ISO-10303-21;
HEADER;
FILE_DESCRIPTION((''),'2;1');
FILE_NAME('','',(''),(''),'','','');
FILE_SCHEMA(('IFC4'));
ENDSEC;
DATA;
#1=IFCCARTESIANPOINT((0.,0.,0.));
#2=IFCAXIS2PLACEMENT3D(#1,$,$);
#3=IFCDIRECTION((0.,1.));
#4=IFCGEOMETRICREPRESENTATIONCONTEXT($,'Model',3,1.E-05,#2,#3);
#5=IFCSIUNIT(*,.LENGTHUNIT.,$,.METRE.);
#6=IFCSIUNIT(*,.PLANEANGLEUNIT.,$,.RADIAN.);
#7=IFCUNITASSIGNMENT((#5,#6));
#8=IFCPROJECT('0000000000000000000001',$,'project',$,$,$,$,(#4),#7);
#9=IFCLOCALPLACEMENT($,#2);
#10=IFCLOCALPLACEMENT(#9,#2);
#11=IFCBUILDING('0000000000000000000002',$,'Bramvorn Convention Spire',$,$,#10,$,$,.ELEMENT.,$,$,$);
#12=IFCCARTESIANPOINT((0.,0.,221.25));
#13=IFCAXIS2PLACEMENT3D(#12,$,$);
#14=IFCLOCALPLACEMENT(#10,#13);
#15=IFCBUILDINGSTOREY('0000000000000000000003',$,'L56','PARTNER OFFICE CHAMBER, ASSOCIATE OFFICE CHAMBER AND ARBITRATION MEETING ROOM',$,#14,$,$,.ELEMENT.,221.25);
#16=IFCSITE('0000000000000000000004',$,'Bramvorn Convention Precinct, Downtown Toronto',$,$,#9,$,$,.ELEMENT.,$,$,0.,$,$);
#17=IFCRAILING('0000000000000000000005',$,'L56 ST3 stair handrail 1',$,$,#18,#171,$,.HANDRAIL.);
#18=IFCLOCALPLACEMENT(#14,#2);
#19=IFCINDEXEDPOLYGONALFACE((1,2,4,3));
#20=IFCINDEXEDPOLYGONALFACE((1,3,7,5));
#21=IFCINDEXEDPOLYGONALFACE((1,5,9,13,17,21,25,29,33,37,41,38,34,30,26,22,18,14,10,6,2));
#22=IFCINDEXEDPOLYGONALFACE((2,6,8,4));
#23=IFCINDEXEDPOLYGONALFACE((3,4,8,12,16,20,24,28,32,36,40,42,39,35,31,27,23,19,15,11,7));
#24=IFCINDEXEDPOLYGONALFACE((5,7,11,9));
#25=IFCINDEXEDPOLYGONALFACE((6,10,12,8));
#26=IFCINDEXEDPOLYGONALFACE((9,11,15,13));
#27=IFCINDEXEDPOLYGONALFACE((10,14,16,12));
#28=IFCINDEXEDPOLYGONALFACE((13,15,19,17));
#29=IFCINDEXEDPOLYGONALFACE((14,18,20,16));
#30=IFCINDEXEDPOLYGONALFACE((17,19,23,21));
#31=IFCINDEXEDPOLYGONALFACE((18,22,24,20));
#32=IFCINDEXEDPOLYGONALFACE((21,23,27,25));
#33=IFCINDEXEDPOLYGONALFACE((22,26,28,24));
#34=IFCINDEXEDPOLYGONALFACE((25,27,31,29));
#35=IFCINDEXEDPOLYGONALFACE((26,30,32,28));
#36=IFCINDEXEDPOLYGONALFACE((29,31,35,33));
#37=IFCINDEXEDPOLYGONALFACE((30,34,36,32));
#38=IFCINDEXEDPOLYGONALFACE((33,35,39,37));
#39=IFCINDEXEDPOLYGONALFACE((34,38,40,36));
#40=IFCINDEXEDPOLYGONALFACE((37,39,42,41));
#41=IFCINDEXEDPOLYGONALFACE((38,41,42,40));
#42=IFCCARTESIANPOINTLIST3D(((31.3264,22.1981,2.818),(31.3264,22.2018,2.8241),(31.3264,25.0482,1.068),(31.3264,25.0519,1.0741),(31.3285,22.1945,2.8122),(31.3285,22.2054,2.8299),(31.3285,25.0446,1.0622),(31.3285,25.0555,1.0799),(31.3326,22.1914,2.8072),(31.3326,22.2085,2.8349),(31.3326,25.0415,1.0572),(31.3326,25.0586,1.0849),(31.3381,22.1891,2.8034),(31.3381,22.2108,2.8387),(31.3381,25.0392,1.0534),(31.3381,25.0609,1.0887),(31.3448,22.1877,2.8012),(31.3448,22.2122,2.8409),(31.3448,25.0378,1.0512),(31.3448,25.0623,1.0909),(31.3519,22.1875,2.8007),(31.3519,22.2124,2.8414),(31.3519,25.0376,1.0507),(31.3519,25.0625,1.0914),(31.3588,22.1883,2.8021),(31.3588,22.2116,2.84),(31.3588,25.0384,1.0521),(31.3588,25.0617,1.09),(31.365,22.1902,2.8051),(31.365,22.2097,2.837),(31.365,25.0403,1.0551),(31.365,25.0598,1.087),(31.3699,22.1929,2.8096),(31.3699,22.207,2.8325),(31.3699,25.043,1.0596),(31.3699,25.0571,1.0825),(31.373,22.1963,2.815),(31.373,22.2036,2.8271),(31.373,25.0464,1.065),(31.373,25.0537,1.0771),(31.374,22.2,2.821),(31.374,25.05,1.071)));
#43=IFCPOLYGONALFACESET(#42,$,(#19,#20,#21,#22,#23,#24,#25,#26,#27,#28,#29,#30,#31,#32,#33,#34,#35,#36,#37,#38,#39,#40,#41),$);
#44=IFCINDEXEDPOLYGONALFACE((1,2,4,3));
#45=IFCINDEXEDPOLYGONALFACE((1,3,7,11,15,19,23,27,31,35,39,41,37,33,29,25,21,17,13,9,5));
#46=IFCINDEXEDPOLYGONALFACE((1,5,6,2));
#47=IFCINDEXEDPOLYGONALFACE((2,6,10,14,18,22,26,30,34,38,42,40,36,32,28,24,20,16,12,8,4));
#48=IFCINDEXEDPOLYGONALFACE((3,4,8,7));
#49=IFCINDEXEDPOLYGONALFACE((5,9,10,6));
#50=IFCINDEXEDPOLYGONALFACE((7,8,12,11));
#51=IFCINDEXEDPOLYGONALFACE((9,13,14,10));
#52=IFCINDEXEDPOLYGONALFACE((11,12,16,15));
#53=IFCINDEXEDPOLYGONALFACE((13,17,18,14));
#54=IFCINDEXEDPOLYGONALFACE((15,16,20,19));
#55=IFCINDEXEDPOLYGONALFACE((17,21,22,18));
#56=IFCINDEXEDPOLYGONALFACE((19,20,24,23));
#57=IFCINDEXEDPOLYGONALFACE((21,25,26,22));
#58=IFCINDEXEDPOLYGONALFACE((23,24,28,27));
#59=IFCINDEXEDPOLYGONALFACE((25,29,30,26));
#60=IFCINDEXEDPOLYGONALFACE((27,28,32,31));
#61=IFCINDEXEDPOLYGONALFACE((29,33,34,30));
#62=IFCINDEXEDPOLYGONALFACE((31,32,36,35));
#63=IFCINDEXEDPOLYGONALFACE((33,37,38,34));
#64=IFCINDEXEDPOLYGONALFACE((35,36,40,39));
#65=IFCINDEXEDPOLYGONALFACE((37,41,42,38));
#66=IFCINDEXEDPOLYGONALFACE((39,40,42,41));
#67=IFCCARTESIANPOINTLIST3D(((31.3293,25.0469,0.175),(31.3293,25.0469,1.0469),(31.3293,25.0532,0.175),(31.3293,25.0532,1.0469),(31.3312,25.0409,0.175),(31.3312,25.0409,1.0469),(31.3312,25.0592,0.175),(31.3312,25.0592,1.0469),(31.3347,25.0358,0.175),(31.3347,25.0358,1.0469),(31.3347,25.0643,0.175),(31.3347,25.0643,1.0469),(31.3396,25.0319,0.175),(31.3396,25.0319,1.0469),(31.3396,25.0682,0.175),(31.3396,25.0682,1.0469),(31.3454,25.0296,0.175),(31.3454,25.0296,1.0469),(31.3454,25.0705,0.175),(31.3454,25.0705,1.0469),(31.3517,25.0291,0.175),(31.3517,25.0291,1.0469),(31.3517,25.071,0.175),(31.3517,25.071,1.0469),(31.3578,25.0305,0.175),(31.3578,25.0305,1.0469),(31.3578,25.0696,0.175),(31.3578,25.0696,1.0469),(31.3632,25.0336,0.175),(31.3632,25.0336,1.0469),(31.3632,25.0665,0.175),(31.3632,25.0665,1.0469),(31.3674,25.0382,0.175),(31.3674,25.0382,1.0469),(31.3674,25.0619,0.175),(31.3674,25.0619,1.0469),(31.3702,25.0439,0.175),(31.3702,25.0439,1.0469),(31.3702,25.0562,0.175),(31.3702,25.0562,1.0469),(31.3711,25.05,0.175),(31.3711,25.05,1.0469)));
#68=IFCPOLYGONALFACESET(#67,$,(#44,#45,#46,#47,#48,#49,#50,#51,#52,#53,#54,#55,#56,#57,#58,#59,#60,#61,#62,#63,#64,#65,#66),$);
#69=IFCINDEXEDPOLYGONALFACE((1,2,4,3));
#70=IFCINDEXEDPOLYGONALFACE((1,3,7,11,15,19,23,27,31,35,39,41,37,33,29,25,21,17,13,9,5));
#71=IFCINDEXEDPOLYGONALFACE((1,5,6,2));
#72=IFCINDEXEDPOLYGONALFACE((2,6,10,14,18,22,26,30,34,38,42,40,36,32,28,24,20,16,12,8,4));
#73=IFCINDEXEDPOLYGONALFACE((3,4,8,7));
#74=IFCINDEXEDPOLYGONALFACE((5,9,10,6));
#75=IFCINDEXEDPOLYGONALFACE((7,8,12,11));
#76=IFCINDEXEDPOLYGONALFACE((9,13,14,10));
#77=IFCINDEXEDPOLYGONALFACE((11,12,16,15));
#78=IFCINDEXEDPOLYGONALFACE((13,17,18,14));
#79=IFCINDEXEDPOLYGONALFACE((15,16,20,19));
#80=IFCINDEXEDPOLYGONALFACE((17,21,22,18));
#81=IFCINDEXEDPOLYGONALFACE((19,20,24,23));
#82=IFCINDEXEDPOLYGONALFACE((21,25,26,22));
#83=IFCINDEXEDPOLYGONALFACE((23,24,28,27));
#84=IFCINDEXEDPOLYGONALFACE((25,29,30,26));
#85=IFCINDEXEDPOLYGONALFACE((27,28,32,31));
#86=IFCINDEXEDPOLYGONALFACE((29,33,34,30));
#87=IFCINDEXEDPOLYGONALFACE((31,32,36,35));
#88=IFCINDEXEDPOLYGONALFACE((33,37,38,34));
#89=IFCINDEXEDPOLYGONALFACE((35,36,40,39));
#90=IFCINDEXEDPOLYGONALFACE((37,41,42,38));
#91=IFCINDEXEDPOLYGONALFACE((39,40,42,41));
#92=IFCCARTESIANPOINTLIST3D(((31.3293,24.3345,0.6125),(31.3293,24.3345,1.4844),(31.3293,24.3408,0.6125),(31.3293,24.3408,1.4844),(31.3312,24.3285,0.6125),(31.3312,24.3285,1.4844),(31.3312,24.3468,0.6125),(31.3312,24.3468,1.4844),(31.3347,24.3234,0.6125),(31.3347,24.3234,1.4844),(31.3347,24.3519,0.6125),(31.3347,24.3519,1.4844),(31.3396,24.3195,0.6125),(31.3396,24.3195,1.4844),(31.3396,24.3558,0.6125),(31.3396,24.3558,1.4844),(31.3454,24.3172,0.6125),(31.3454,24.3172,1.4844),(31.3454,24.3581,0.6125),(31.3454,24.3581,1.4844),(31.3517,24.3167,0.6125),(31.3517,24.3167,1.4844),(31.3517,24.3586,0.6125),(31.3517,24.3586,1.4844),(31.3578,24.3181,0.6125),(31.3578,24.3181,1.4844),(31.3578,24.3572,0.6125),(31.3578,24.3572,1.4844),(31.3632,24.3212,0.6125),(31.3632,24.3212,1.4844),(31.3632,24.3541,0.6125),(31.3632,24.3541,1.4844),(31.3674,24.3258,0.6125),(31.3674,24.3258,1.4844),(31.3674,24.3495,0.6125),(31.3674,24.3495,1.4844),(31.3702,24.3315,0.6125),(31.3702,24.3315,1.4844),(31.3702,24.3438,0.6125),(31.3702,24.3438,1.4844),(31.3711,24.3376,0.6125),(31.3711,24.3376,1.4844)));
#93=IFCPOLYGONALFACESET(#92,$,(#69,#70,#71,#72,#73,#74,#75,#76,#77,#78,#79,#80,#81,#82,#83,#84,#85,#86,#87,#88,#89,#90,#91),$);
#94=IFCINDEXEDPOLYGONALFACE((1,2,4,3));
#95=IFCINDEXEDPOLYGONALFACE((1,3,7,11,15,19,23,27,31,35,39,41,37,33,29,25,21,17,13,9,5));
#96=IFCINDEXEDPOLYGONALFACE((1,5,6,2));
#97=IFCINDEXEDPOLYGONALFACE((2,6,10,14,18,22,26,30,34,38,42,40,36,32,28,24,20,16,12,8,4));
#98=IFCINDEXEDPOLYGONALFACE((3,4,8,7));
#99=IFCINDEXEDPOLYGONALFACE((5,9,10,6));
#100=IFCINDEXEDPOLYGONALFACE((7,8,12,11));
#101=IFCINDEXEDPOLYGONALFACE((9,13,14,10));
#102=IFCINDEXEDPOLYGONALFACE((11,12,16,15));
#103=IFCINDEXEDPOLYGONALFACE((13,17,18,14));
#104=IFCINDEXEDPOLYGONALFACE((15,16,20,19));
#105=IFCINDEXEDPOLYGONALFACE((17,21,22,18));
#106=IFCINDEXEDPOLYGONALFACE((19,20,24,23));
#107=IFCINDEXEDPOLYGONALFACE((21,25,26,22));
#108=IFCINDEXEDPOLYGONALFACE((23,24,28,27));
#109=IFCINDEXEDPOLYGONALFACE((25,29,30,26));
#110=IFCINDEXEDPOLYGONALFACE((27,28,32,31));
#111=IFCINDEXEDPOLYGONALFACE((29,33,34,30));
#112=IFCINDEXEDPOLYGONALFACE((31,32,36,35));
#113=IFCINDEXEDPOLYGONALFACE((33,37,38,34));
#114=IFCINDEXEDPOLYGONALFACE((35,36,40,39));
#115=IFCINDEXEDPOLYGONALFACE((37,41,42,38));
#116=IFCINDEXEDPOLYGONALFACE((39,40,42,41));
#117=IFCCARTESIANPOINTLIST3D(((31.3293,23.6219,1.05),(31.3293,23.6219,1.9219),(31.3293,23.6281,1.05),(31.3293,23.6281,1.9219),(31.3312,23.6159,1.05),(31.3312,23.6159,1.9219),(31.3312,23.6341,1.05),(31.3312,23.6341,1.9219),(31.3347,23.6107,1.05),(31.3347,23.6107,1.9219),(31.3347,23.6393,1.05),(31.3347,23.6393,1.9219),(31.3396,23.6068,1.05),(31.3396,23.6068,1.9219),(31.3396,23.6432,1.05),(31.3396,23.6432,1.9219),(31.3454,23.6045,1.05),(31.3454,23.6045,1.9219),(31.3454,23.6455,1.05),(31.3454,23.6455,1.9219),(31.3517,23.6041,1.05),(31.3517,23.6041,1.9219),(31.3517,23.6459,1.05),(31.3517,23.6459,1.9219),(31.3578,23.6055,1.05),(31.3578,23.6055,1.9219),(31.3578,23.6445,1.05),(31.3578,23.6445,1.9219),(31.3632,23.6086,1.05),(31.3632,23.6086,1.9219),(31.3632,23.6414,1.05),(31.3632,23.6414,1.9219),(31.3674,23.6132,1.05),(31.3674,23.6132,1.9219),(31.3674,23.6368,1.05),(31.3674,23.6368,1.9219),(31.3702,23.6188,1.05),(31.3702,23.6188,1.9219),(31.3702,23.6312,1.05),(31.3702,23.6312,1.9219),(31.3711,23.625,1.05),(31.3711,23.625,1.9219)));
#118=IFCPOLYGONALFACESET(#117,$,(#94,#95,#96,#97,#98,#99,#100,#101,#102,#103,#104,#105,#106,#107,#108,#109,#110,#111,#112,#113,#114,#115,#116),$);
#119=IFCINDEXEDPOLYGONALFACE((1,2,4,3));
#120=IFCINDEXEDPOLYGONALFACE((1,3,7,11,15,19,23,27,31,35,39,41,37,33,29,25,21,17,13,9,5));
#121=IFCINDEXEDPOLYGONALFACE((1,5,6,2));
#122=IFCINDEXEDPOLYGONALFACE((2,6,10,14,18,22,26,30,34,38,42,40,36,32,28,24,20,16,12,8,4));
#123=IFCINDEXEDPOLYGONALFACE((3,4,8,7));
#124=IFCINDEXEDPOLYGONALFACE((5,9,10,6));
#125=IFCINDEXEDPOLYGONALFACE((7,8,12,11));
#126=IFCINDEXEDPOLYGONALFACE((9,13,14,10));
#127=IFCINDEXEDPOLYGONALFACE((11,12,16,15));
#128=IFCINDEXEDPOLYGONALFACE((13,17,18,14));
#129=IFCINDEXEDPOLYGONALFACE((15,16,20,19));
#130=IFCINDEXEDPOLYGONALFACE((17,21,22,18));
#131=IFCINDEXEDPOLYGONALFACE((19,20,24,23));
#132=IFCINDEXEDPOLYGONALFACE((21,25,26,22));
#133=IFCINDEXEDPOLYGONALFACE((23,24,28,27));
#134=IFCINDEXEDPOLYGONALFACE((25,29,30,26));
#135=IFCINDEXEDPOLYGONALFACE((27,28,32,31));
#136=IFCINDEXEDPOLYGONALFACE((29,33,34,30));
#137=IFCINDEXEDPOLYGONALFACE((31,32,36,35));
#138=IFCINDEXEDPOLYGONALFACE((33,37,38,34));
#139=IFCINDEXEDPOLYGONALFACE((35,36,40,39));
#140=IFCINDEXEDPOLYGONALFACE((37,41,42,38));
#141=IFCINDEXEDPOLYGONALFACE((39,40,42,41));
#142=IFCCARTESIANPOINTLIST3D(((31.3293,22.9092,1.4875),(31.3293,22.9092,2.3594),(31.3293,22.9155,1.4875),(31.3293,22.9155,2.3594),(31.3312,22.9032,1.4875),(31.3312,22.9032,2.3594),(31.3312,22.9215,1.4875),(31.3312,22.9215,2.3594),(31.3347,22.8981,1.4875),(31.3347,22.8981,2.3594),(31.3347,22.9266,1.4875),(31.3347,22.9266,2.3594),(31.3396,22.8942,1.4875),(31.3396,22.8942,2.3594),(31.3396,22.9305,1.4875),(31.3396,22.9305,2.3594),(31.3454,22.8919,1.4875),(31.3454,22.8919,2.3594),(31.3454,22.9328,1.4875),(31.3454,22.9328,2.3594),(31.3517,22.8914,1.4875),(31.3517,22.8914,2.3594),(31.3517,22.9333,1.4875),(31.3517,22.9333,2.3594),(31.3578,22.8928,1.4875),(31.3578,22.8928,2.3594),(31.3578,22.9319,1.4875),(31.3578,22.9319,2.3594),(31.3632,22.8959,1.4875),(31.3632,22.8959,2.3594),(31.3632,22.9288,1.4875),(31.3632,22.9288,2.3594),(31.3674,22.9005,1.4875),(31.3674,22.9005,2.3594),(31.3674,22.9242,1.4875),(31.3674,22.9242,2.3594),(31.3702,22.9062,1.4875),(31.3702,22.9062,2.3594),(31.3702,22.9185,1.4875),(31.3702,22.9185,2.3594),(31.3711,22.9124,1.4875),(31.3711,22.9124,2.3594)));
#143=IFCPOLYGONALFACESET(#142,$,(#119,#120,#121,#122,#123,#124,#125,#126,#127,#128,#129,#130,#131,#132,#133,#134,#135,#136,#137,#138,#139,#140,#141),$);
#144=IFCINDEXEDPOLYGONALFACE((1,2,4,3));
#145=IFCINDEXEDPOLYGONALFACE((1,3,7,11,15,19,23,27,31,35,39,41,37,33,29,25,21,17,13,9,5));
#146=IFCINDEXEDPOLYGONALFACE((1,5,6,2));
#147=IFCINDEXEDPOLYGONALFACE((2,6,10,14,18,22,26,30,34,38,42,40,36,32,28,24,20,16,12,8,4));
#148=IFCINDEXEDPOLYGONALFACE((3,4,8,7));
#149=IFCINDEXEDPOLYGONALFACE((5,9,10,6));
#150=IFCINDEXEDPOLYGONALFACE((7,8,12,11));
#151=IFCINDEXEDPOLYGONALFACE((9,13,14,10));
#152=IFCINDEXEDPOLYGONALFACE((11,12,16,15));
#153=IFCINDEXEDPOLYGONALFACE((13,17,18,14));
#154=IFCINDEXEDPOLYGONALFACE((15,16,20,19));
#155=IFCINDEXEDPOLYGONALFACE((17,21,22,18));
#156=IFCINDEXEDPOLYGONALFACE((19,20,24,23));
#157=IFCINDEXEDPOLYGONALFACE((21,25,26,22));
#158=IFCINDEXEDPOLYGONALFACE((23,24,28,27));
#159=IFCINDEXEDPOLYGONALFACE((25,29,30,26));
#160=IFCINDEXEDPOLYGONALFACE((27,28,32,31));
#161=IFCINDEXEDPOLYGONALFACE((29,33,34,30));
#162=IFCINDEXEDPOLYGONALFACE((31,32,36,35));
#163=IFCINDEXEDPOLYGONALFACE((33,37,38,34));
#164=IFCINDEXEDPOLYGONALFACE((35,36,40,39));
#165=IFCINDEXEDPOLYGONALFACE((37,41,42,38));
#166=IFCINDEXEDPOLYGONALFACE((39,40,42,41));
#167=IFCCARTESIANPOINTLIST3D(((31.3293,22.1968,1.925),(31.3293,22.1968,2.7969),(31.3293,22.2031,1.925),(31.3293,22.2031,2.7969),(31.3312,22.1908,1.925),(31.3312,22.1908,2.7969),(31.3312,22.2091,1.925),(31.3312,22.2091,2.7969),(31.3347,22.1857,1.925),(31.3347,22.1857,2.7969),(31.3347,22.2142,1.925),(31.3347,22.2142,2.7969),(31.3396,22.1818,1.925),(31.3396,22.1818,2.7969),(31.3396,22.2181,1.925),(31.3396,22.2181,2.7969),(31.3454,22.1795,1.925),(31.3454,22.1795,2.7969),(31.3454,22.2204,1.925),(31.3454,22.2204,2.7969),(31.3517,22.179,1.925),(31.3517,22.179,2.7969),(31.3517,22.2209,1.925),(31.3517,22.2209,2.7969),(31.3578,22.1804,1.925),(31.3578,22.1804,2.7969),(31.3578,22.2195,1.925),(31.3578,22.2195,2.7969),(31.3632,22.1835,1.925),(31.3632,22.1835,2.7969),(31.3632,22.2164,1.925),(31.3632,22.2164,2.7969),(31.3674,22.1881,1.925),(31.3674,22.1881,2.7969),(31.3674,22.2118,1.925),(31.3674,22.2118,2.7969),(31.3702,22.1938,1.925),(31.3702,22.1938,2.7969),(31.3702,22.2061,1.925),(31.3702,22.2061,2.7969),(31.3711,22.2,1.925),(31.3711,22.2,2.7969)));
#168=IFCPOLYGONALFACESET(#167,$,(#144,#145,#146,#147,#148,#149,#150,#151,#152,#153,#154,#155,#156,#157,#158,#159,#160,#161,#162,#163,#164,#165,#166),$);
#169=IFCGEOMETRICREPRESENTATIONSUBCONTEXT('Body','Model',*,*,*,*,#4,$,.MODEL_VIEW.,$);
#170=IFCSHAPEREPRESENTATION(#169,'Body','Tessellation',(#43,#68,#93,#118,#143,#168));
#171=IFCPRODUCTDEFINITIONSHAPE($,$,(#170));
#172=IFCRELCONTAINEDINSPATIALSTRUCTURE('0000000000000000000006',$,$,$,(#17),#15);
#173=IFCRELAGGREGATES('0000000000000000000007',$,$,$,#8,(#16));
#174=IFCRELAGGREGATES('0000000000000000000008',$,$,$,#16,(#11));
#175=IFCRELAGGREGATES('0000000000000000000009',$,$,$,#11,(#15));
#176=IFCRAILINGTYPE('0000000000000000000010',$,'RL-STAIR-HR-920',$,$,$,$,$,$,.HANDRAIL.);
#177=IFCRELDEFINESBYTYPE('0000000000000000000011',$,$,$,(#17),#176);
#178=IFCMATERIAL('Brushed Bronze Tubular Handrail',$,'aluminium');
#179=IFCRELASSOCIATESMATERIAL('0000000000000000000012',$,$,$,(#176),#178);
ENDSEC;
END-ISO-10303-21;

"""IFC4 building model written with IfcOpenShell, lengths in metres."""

from ifc_helpers import new_model, si_unit, direction, frame, origin, origin_2d, place, context, subcontext, project, spatial, circle, extrude, material, type_object, element, save


model = new_model("IFC4")

# Units and contexts
model_context = context("Model", 3, precision=1e-05, world=origin(), true_north=direction((0.0, 1.0)))
body_context = subcontext(model_context, "Body", "Model", "MODEL_VIEW")
ifc_project = project(units=[si_unit("LENGTHUNIT", "METRE"), si_unit("PLANEANGLEUNIT", "RADIAN")], contexts=[model_context])

# Site, building, storey
site_placement = place(None, origin())
site = spatial("IfcSite", under=ifc_project, at=site_placement, Name="Bramvorn Convention Precinct, Downtown Toronto", CompositionType="ELEMENT", RefElevation=0.0)
building_placement = place(site_placement, origin())
building = spatial("IfcBuilding", under=site, at=building_placement, Name="Bramvorn Convention Spire", CompositionType="ELEMENT")
storey_placement = place(building_placement, frame((0.0, 0.0, 221.25)))
storey = spatial("IfcBuildingStorey", under=building, at=storey_placement, Name="L56", Description="PARTNER OFFICE CHAMBER, ASSOCIATE OFFICE CHAMBER AND ARBITRATION MEETING ROOM", CompositionType="ELEMENT", Elevation=221.25)

# Railing
ifc_material_1 = material(Name="Brushed Bronze Tubular Handrail", Category="aluminium")
railing_type_1 = type_object("IfcRailingType", Name="RL-STAIR-HR-920", PredefinedType="HANDRAIL", material=ifc_material_1)
railing_1_placement = place(storey_placement, frame((31.3501, 25.05, 0.175)))
element("IfcRailing", 1, at=railing_1_placement, inside=storey, type_object=railing_type_1, Name="L56 ST3 stair handrail 1", PredefinedType="HANDRAIL", context=body_context, shape_type="SweptSolid", body=[
    extrude(circle(Radius=0.0239, at=origin_2d()), frame((0.0, 0.0, 0.896), z_axis=(0.0, -0.852179, 0.52325), x_axis=(1.0, 0.0, 0.0)), (0.0, 0.0, 1.0), 3.3445),
    extrude(circle(Radius=0.021, at=origin_2d()), origin(), (0.0, 0.0, 1.0), 0.8718),
    extrude(circle(Radius=0.021, at=origin_2d()), frame((0.0, -0.7124, 0.4375)), (0.0, 0.0, 1.0), 0.8718),
    extrude(circle(Radius=0.021, at=origin_2d()), frame((0.0, -1.425, 0.875)), (0.0, 0.0, 1.0), 0.8718),
    extrude(circle(Radius=0.021, at=origin_2d()), frame((0.0, -2.1377, 1.3125)), (0.0, 0.0, 1.0), 0.8718),
    extrude(circle(Radius=0.021, at=origin_2d()), frame((0.0, -2.8501, 1.75)), (0.0, 0.0, 1.0), 0.8718),
])

save(model, "model.ifc")
